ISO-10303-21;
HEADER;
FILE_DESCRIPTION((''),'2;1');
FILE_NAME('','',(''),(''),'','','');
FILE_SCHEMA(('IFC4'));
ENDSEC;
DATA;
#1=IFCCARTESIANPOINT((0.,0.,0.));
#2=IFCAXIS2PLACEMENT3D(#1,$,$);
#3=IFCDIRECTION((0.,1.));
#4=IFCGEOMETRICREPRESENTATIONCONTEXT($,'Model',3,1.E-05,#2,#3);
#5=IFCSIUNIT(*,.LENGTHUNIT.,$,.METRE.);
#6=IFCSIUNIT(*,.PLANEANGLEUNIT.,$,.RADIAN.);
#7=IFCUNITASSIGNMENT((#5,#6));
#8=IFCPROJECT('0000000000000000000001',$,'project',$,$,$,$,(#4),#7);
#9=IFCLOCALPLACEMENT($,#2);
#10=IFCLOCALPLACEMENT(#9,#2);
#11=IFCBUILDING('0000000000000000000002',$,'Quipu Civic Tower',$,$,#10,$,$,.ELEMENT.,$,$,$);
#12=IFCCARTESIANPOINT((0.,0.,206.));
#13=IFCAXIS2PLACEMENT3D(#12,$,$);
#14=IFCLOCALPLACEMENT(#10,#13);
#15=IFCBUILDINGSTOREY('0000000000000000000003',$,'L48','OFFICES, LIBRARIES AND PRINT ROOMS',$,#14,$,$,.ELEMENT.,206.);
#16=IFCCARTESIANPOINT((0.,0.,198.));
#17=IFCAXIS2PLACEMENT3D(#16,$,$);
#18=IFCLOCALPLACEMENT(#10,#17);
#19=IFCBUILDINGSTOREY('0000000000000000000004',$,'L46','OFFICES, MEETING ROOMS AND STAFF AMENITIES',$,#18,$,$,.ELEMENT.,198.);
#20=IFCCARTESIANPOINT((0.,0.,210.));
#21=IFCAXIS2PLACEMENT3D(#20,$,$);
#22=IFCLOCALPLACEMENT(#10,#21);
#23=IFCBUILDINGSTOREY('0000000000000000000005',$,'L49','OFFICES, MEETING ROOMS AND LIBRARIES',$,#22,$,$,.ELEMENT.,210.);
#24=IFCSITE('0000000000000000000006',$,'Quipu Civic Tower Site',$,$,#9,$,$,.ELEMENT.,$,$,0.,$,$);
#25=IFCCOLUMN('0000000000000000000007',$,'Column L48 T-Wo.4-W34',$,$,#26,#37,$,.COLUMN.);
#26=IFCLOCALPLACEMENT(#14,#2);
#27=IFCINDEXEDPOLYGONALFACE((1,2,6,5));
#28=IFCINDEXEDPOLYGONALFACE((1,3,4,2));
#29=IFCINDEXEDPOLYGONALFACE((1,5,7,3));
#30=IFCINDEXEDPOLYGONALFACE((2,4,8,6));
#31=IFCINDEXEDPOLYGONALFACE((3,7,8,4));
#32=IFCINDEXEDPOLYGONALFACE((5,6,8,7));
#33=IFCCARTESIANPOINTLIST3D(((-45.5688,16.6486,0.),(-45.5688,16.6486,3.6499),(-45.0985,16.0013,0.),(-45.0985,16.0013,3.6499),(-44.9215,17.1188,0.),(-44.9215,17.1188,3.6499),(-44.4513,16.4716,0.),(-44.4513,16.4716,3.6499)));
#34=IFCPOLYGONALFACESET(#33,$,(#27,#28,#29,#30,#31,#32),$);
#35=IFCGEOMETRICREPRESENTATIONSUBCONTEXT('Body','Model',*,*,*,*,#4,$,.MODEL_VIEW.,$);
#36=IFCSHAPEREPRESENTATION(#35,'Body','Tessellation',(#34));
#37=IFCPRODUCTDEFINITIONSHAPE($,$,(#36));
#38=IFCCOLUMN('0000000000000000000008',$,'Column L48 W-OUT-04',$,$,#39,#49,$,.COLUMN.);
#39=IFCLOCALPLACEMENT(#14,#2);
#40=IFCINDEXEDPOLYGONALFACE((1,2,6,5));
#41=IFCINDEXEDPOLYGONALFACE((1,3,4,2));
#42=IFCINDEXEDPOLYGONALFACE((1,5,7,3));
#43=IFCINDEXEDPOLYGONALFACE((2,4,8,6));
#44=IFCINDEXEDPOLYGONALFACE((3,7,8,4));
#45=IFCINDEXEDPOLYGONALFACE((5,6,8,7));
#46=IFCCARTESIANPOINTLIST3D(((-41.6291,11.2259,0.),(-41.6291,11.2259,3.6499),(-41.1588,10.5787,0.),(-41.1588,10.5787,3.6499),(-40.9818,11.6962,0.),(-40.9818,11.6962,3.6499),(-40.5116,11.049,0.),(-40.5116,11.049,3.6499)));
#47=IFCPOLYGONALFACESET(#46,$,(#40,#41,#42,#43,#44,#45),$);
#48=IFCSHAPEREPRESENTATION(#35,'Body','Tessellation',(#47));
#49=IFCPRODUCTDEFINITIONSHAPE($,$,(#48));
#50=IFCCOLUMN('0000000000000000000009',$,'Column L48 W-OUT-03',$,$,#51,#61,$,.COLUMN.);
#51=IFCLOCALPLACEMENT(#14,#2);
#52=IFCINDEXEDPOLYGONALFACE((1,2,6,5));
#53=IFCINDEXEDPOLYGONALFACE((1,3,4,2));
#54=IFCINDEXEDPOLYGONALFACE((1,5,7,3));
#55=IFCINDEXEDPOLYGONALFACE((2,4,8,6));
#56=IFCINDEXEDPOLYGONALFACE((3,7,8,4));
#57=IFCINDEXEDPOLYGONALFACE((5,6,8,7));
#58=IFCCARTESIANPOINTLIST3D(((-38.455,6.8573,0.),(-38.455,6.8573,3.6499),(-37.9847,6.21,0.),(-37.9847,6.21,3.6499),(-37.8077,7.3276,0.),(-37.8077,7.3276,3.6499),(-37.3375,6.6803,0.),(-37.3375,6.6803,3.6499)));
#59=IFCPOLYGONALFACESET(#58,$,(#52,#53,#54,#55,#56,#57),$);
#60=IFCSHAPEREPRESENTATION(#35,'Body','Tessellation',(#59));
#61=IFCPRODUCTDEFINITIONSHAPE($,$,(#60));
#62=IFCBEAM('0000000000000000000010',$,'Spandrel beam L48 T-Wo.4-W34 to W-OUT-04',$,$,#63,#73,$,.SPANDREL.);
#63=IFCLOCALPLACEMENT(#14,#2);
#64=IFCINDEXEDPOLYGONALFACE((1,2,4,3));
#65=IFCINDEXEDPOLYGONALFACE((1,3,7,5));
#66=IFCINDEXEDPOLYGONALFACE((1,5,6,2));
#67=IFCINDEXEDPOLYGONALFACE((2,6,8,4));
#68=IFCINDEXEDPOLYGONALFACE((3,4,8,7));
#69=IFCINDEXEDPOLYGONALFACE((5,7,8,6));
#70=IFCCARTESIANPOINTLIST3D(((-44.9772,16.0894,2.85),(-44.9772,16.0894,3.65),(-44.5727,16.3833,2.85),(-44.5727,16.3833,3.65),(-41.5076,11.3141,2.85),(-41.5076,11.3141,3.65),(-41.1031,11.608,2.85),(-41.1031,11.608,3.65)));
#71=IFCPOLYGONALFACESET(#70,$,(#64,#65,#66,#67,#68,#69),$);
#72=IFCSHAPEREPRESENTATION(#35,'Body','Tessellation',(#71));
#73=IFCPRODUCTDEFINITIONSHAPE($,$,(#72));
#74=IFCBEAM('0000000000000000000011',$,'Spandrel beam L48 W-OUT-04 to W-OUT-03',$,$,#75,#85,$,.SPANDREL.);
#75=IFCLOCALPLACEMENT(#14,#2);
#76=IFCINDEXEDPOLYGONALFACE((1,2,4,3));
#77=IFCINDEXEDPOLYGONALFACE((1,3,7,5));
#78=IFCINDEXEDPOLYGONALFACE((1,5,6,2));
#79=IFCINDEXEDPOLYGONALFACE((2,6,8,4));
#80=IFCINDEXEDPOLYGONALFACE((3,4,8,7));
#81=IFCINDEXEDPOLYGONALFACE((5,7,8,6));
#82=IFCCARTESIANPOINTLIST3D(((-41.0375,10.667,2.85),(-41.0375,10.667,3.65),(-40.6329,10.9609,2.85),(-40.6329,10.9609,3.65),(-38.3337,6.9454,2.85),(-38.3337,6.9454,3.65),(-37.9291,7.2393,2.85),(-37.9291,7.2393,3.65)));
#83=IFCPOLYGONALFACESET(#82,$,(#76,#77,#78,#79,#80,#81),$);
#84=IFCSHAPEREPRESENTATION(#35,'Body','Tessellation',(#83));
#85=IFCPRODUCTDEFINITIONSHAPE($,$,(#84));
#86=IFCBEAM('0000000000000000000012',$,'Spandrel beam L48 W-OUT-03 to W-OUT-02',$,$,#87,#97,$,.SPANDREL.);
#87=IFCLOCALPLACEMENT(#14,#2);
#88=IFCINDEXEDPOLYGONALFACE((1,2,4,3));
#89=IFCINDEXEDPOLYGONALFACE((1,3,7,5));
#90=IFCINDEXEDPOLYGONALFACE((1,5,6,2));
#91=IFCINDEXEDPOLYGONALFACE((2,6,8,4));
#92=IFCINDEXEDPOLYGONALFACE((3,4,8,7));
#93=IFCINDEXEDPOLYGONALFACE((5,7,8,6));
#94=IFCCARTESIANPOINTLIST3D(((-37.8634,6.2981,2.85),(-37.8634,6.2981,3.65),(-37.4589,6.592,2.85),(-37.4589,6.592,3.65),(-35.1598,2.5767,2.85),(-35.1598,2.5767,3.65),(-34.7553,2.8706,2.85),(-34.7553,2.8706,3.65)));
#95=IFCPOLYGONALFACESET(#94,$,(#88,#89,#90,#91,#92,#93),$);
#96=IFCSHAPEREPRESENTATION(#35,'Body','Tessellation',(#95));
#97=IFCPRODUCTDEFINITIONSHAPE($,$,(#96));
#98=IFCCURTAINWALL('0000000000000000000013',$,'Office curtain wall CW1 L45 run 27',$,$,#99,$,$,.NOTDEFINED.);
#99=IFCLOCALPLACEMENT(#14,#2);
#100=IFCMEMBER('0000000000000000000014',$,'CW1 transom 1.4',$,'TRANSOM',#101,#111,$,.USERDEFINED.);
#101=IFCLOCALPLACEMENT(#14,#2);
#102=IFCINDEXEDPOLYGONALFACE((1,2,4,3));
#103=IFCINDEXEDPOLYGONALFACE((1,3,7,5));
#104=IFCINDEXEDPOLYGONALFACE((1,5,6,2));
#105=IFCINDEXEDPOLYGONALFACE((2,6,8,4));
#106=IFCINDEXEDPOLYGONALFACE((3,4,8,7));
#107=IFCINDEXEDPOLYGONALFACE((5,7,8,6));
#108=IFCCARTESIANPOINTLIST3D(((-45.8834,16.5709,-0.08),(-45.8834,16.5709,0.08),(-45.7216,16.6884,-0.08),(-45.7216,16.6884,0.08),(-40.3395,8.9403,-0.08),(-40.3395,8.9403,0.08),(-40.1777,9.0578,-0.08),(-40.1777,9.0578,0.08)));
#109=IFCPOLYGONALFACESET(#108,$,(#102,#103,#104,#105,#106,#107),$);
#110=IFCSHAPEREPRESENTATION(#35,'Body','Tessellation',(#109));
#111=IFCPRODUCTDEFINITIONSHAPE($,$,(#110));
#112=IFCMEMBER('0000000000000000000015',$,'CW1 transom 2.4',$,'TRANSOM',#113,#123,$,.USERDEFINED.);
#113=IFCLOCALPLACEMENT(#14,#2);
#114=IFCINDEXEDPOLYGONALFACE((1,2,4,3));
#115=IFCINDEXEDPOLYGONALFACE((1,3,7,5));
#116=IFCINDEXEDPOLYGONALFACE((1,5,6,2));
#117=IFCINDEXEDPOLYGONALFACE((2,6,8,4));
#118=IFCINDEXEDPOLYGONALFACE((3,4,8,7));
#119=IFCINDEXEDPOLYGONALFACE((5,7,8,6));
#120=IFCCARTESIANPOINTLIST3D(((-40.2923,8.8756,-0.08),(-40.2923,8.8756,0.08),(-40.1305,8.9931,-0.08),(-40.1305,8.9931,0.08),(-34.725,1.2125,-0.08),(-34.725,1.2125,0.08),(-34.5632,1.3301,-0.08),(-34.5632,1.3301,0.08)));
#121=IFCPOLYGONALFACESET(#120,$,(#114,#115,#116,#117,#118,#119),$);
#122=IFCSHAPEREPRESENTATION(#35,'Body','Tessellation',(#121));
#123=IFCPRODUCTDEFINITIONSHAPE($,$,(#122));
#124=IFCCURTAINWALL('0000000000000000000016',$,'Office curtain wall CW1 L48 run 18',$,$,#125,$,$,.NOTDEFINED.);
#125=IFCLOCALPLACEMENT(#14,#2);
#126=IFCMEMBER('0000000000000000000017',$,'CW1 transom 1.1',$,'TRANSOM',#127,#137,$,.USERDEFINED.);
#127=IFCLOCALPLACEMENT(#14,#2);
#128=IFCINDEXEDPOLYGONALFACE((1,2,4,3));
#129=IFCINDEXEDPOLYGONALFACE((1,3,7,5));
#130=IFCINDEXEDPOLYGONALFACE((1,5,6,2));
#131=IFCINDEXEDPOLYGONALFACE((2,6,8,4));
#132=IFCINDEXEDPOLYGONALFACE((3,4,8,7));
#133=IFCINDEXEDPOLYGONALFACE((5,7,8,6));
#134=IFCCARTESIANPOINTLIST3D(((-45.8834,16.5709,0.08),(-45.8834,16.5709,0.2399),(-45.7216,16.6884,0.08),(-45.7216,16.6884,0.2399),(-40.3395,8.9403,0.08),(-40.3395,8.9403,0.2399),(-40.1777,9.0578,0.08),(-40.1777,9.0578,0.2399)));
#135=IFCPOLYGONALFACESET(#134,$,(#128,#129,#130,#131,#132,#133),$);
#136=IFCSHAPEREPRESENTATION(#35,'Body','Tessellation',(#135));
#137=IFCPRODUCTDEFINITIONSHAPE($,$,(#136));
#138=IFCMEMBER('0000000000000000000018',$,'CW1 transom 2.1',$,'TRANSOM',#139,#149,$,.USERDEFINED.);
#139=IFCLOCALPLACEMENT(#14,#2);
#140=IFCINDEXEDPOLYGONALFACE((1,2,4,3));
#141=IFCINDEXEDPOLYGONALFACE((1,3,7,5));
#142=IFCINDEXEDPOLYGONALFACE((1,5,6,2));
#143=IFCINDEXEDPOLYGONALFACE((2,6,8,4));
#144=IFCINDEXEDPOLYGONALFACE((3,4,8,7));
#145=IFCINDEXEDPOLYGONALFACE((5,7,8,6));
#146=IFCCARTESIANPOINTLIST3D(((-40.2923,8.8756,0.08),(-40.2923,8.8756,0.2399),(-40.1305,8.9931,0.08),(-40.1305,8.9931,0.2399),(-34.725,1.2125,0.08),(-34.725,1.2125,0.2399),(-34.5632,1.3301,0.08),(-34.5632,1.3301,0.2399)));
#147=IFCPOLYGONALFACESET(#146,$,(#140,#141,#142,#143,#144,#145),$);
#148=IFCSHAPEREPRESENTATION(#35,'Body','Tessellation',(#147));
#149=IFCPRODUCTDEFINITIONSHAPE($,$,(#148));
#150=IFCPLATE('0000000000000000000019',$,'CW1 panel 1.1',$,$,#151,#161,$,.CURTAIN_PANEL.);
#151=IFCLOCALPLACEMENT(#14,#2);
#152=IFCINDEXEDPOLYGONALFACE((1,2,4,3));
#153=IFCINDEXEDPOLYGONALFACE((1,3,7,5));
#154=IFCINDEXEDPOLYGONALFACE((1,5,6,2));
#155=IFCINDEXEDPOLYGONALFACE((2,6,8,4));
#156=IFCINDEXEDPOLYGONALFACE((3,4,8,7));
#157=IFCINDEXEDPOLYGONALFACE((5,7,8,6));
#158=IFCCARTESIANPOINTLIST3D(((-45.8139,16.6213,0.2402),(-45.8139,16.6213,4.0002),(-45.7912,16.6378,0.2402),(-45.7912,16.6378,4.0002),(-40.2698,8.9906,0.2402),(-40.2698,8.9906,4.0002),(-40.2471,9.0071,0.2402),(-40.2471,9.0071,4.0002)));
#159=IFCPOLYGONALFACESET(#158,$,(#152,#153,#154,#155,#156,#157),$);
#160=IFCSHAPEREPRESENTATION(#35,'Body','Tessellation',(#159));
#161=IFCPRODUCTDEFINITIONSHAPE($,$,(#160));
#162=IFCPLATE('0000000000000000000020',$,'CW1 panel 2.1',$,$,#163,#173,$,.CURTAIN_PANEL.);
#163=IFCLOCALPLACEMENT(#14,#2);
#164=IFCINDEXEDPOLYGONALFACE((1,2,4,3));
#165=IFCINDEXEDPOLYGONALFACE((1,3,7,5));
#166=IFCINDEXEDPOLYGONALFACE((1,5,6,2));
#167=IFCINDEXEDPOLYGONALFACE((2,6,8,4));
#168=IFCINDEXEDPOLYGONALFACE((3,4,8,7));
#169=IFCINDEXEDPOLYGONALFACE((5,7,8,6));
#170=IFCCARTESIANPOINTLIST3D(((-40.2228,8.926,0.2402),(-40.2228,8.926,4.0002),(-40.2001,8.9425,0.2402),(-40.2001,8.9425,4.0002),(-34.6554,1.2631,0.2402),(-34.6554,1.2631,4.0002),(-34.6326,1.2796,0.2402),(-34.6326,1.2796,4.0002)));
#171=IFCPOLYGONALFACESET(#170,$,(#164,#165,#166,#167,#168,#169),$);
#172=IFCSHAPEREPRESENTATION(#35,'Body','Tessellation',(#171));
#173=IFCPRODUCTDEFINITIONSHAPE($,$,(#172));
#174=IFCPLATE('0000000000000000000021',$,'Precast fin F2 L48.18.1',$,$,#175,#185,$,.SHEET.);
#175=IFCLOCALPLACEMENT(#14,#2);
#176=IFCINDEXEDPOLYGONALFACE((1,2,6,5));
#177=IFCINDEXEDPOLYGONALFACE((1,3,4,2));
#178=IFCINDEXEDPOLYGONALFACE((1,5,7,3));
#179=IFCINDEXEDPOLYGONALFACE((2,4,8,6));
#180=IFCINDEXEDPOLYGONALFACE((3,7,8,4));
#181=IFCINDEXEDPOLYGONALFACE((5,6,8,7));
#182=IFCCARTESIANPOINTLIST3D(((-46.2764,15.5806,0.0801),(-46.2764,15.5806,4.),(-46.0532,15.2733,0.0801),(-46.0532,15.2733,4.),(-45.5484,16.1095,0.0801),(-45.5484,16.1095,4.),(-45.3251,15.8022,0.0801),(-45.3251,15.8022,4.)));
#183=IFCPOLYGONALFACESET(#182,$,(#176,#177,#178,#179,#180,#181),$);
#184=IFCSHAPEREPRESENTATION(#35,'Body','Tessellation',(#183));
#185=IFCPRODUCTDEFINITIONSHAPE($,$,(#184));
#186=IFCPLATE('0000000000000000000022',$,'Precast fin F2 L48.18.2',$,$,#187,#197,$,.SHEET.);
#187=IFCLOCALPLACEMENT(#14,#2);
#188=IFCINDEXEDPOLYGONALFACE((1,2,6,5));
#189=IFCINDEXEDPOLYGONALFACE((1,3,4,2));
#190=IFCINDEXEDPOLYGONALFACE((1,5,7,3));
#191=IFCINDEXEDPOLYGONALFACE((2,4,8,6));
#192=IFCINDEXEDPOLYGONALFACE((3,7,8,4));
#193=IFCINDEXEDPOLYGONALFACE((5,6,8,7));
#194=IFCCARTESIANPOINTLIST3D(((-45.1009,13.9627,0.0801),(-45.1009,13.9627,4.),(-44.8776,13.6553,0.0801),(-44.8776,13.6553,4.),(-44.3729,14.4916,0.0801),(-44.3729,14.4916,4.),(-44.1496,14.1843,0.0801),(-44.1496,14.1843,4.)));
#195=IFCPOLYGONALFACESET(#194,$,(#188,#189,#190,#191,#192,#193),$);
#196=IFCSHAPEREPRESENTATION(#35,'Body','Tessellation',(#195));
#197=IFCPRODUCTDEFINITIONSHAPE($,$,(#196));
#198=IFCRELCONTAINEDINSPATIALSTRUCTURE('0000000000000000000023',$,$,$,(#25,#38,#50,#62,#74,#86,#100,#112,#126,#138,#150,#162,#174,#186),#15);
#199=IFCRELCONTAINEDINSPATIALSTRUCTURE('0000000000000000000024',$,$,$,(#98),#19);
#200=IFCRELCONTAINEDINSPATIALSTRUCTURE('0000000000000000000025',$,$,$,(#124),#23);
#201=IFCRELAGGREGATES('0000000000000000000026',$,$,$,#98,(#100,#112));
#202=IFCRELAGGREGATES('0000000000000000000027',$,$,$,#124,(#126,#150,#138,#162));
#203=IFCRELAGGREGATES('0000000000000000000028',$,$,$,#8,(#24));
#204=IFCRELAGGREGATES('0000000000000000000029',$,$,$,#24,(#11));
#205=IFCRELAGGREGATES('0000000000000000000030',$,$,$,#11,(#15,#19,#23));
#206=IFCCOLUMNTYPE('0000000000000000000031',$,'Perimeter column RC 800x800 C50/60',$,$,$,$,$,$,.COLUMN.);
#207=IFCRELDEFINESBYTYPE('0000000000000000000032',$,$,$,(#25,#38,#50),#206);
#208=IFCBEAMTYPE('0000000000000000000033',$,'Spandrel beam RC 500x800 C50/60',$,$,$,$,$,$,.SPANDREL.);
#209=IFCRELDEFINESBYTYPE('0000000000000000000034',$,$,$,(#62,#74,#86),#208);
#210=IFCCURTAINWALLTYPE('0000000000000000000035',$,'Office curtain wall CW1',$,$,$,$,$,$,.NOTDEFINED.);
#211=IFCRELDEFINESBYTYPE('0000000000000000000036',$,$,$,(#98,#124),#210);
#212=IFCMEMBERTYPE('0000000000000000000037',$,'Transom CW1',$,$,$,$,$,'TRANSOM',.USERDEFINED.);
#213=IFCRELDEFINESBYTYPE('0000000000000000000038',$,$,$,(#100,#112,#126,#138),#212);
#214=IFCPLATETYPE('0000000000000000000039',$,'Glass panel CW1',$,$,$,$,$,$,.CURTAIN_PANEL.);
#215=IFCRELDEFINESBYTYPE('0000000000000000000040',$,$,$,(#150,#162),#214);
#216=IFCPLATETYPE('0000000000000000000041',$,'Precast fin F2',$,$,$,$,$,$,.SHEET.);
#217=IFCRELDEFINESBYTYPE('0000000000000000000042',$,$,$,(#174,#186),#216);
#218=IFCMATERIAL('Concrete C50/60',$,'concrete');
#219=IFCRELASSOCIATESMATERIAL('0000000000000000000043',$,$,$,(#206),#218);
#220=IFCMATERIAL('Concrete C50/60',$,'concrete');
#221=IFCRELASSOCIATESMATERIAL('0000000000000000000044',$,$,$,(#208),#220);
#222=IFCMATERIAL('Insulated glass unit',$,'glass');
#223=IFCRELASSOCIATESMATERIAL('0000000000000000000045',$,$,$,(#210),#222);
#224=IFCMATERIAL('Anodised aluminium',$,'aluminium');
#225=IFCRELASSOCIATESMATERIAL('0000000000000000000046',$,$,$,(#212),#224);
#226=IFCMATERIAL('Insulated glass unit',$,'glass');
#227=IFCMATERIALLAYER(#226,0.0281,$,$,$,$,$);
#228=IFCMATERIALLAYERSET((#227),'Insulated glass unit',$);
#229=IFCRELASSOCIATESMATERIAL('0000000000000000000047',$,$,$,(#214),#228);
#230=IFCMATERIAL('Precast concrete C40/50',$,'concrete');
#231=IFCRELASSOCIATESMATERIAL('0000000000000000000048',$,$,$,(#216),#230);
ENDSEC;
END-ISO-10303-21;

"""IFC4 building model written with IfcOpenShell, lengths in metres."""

from ifc_helpers import new_model, si_unit, direction, frame, origin, origin_2d, place, context, subcontext, project, spatial, rectangle, extrude, material, layer, layer_set, material_profile, profile_set, type_object, element, aggregate, save


model = new_model("IFC4")

# Units and contexts
model_context = context("Model", 3, precision=1e-05, world=origin(), true_north=direction((0.0, 1.0)))
body_context = subcontext(model_context, "Body", "Model", "MODEL_VIEW")
ifc_project = project(units=[si_unit("LENGTHUNIT", "METRE"), si_unit("PLANEANGLEUNIT", "RADIAN")], contexts=[model_context])

# Site, building, storey
site_placement = place(None, origin())
site = spatial("IfcSite", under=ifc_project, at=site_placement, Name="Quipu Civic Tower Site", CompositionType="ELEMENT", RefElevation=0.0)
building_placement = place(site_placement, origin())
building = spatial("IfcBuilding", under=site, at=building_placement, Name="Quipu Civic Tower", CompositionType="ELEMENT")
storey_1_placement = place(building_placement, frame((0.0, 0.0, 206.0)))
storey_1 = spatial("IfcBuildingStorey", under=building, at=storey_1_placement, Name="L48", Description="OFFICES, LIBRARIES AND PRINT ROOMS", CompositionType="ELEMENT", Elevation=206.0)

# Columns
ifc_material_1 = material(Name="Concrete C50/60", Category="concrete")
ifc_material_profile_1 = material_profile(ifc_material_1, rectangle(XDim=0.8, YDim=0.8, at=origin_2d()), Name="RC800x800")
ifc_profile_set_1 = profile_set([ifc_material_profile_1], Name="Concrete C50/60")
column_type = type_object("IfcColumnType", Name="Perimeter column RC 800x800 C50/60", PredefinedType="COLUMN", material=ifc_profile_set_1)
for number, where, z_axis, x_axis, name in (
    (1, (-45.01, 16.5601, 0.0), (0.0, 0.0, 1.0), (0.587785, -0.809017, 0.0), "Column L48 T-Wo.4-W34"),
    (2, (-41.0703, 11.1375, 0.0), (0.0, 0.0, 1.0), (0.587785, -0.809017, 0.0), "Column L48 W-OUT-04"),
    (3, (-37.8962, 6.7688, 0.0), (0.0, 0.0, 1.0), (0.587785, -0.809017, 0.0), "Column L48 W-OUT-03"),
):
    element("IfcColumn", number, at=place(storey_1_placement, frame(where, z_axis=z_axis, x_axis=x_axis)), inside=storey_1, type_object=column_type, Name=name, PredefinedType="COLUMN", context=body_context, shape_type="SweptSolid", body=[
        extrude(rectangle(XDim=0.8, YDim=0.8, at=origin_2d()), origin(), (0.0, 0.0, 1.0), 3.6499),
    ])

# Beams
ifc_material_2 = material(Name="Concrete C50/60", Category="concrete")
ifc_material_profile_2 = material_profile(ifc_material_2, rectangle(XDim=0.5, YDim=0.8, at=origin_2d()), Name="RC500x800")
ifc_profile_set_2 = profile_set([ifc_material_profile_2], Name="Concrete C50/60")
beam_type = type_object("IfcBeamType", Name="Spandrel beam RC 500x800 C50/60", PredefinedType="SPANDREL", material=ifc_profile_set_2)
beam_1_placement = place(storey_1_placement, frame((-44.7749, 16.2363, 3.25), z_axis=(0.5878, -0.809006, 0.0), x_axis=(0.809006, 0.5878, 0.0)))
element("IfcBeam", 4, at=beam_1_placement, inside=storey_1, type_object=beam_type, Name="Spandrel beam L48 T-Wo.4-W34 to W-OUT-04", PredefinedType="SPANDREL", context=body_context, shape_type="SweptSolid", body=[
    extrude(rectangle(XDim=0.5, YDim=0.8, at=origin_2d()), origin(), (0.0, 0.0, 1.0), 5.9026),
])
beam_2_placement = place(storey_1_placement, frame((-40.8352, 10.814, 3.25), z_axis=(0.587771, -0.809027, 0.0), x_axis=(0.809027, 0.587771, 0.0)))
element("IfcBeam", 5, at=beam_2_placement, inside=storey_1, type_object=beam_type, Name="Spandrel beam L48 W-OUT-04 to W-OUT-03", PredefinedType="SPANDREL", context=body_context, shape_type="SweptSolid", body=[
    extrude(rectangle(XDim=0.5, YDim=0.8, at=origin_2d()), origin(), (0.0, 0.0, 1.0), 4.6001),
])
beam_3_placement = place(storey_1_placement, frame((-37.6611, 6.4451, 3.25), z_axis=(0.587761, -0.809034, 0.0), x_axis=(0.809034, 0.587761, 0.0)))
element("IfcBeam", 6, at=beam_3_placement, inside=storey_1, type_object=beam_type, Name="Spandrel beam L48 W-OUT-03 to W-OUT-02", PredefinedType="SPANDREL", context=body_context, shape_type="SweptSolid", body=[
    extrude(rectangle(XDim=0.5, YDim=0.8, at=origin_2d()), origin(), (0.0, 0.0, 1.0), 4.5999),
])

# Shared definitions
storey_2_placement = place(building_placement, frame((0.0, 0.0, 198.0)))
storey_2 = spatial("IfcBuildingStorey", under=building, at=storey_2_placement, Name="L46", Description="OFFICES, MEETING ROOMS AND STAFF AMENITIES", CompositionType="ELEMENT", Elevation=198.0)

# Curtain wall, members
ifc_material_3 = material(Name="Insulated glass unit", Category="glass")
curtain_wall_type = type_object("IfcCurtainWallType", Name="Office curtain wall CW1", PredefinedType="NOTDEFINED", material=ifc_material_3)
curtain_wall_1_placement = place(storey_2_placement, origin())
curtain_wall_1 = element("IfcCurtainWall", 7, at=curtain_wall_1_placement, inside=storey_2, type_object=curtain_wall_type, Name="Office curtain wall CW1 L45 run 27", PredefinedType="NOTDEFINED")
ifc_material_4 = material(Name="Anodised aluminium", Category="aluminium")
ifc_material_profile_3 = material_profile(ifc_material_4, rectangle(XDim=0.2, YDim=0.1599, at=origin_2d()), Name="RECT 200x160")
ifc_profile_set_3 = profile_set([ifc_material_profile_3], Name="Anodised aluminium")
member_type = type_object("IfcMemberType", Name="Transom CW1", ElementType="TRANSOM", PredefinedType="USERDEFINED", material=ifc_profile_set_3)
member_1_placement = place(storey_1_placement, frame((-45.8025, 16.6296, 0.0), z_axis=(0.587784, -0.809018, 0.0), x_axis=(0.809018, 0.587784, 0.0)))
member_1 = element("IfcMember", 8, at=member_1_placement, inside=storey_1, type_object=member_type, Name="CW1 transom 1.4", ObjectType="TRANSOM", PredefinedType="USERDEFINED", context=body_context, shape_type="SweptSolid", body=[
    extrude(rectangle(XDim=0.2, YDim=0.1599, at=origin_2d()), origin(), (0.0, 0.0, 1.0), 9.4319),
])
member_2_placement = place(storey_1_placement, frame((-40.2114, 8.9343, 0.0), z_axis=(0.587773, -0.809026, 0.0), x_axis=(0.809026, 0.587773, 0.0)))
member_2 = element("IfcMember", 9, at=member_2_placement, inside=storey_1, type_object=member_type, Name="CW1 transom 2.4", ObjectType="TRANSOM", PredefinedType="USERDEFINED", context=body_context, shape_type="SweptSolid", body=[
    extrude(rectangle(XDim=0.2, YDim=0.1599, at=origin_2d()), origin(), (0.0, 0.0, 1.0), 9.4719),
])
aggregate(curtain_wall_1, [member_1, member_2])

# Shared definitions
storey_3_placement = place(building_placement, frame((0.0, 0.0, 210.0)))
storey_3 = spatial("IfcBuildingStorey", under=building, at=storey_3_placement, Name="L49", Description="OFFICES, MEETING ROOMS AND LIBRARIES", CompositionType="ELEMENT", Elevation=210.0)

# Curtain wall, members, plates
curtain_wall_2_placement = place(storey_3_placement, origin())
curtain_wall_2 = element("IfcCurtainWall", 10, at=curtain_wall_2_placement, inside=storey_3, type_object=curtain_wall_type, Name="Office curtain wall CW1 L48 run 18", PredefinedType="NOTDEFINED")
member_3_placement = place(storey_1_placement, frame((-45.8025, 16.6296, 0.1599), z_axis=(0.587784, -0.809018, 0.0), x_axis=(0.809018, 0.587784, 0.0)))
member_3 = element("IfcMember", 11, at=member_3_placement, inside=storey_1, type_object=member_type, Name="CW1 transom 1.1", ObjectType="TRANSOM", PredefinedType="USERDEFINED", context=body_context, shape_type="SweptSolid", body=[
    extrude(rectangle(XDim=0.2, YDim=0.1599, at=origin_2d()), origin(), (0.0, 0.0, 1.0), 9.4319),
])
member_4_placement = place(storey_1_placement, frame((-40.2114, 8.9343, 0.1599), z_axis=(0.587773, -0.809026, 0.0), x_axis=(0.809026, 0.587773, 0.0)))
member_4 = element("IfcMember", 12, at=member_4_placement, inside=storey_1, type_object=member_type, Name="CW1 transom 2.1", ObjectType="TRANSOM", PredefinedType="USERDEFINED", context=body_context, shape_type="SweptSolid", body=[
    extrude(rectangle(XDim=0.2, YDim=0.1599, at=origin_2d()), origin(), (0.0, 0.0, 1.0), 9.4719),
])
ifc_material_5 = material(Name="Insulated glass unit", Category="glass")
ifc_layer_1 = layer(ifc_material_5, 0.0281)
ifc_layer_set_1 = layer_set([ifc_layer_1], Name="Insulated glass unit")
plate_type_1 = type_object("IfcPlateType", Name="Glass panel CW1", PredefinedType="CURTAIN_PANEL", material=ifc_layer_set_1)
plate_1_placement = place(storey_1_placement, frame((-43.0305, 12.8142, 0.2402), z_axis=(0.0, 0.0, 1.0), x_axis=(0.587786, -0.809017, 0.0)))
plate_1 = element("IfcPlate", 13, at=plate_1_placement, inside=storey_1, type_object=plate_type_1, Name="CW1 panel 1.1", PredefinedType="CURTAIN_PANEL", context=body_context, shape_type="SweptSolid", body=[
    extrude(rectangle(XDim=9.4321, YDim=0.0281, at=origin_2d()), origin(), (0.0, 0.0, 1.0), 3.76),
])
plate_2_placement = place(storey_1_placement, frame((-37.4277, 5.1028, 0.2402), z_axis=(0.0, 0.0, 1.0), x_axis=(0.587786, -0.809017, 0.0)))
plate_2 = element("IfcPlate", 14, at=plate_2_placement, inside=storey_1, type_object=plate_type_1, Name="CW1 panel 2.1", PredefinedType="CURTAIN_PANEL", context=body_context, shape_type="SweptSolid", body=[
    extrude(rectangle(XDim=9.4719, YDim=0.0281, at=origin_2d()), origin(), (0.0, 0.0, 1.0), 3.76),
])
aggregate(curtain_wall_2, [member_3, plate_1, member_4, plate_2])

# Plates
ifc_material_6 = material(Name="Precast concrete C40/50", Category="concrete")
plate_type_2 = type_object("IfcPlateType", Name="Precast fin F2", PredefinedType="SHEET", material=ifc_material_6)
for number, where, z_axis, x_axis, name in (
    (15, (-45.8008, 15.6914, 0.0801), (0.0, 0.0, 1.0), (0.587786, -0.809017, 0.0), "Precast fin F2 L48.18.1"),
    (16, (-44.6252, 14.0735, 0.0801), (0.0, 0.0, 1.0), (0.587786, -0.809017, 0.0), "Precast fin F2 L48.18.2"),
):
    element("IfcPlate", number, at=place(storey_1_placement, frame(where, z_axis=z_axis, x_axis=x_axis)), inside=storey_1, type_object=plate_type_2, Name=name, PredefinedType="SHEET", context=body_context, shape_type="SweptSolid", body=[
        extrude(rectangle(XDim=0.3799, YDim=0.8999, at=origin_2d()), origin(), (0.0, 0.0, 1.0), 3.9199),
    ])

save(model, "model.ifc")
